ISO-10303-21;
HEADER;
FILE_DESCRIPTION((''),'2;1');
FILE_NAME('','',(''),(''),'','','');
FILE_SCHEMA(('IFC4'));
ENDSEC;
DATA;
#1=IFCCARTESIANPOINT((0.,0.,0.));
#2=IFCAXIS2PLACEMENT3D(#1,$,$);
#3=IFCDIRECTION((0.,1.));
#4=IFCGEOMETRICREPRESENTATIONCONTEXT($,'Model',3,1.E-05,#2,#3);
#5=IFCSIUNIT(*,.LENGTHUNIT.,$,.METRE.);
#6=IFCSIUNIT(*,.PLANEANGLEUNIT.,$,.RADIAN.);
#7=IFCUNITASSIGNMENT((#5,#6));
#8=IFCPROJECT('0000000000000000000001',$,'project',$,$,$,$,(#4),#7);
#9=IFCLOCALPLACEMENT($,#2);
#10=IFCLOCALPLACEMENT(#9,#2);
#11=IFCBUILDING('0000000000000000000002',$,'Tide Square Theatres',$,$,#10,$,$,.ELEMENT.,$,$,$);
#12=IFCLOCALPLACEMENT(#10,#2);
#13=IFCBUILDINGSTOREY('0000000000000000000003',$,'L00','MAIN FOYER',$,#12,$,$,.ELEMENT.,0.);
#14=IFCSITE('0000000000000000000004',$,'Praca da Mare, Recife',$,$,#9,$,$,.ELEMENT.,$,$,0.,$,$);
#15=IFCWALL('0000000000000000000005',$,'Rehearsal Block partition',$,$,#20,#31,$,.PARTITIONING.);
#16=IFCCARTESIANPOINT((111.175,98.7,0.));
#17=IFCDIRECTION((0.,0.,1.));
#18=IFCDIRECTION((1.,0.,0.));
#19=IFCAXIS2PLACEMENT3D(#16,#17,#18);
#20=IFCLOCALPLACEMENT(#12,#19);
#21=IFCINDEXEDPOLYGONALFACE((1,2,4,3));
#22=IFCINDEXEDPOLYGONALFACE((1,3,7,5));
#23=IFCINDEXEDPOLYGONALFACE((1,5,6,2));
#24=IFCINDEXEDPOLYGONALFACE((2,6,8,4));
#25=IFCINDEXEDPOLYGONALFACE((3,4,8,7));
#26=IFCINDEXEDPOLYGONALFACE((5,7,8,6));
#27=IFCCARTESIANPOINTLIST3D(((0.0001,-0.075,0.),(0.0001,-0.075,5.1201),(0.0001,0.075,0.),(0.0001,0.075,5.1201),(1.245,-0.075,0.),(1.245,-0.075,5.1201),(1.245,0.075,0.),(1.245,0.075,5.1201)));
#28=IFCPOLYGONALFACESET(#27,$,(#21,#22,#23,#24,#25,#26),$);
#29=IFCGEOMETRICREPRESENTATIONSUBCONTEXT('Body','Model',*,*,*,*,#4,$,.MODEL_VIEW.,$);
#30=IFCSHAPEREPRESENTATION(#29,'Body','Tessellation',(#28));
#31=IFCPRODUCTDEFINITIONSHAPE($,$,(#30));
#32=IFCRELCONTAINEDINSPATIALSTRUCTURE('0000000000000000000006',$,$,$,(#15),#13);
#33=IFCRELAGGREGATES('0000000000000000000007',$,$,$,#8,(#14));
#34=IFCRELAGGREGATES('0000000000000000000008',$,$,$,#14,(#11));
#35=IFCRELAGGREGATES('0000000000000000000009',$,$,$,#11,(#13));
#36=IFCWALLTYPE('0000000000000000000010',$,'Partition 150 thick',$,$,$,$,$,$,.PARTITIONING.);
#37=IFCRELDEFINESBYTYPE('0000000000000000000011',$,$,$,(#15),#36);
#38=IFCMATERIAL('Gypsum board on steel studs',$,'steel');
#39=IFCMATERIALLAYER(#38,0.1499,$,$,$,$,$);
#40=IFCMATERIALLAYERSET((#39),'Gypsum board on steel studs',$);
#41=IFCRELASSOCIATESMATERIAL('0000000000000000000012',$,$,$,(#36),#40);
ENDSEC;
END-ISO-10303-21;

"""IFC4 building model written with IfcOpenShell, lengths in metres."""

from ifc_helpers import new_model, si_unit, direction, frame, frame_2d, origin, place, context, subcontext, project, spatial, rectangle, extrude, material, layer, layer_set, type_object, element, save


model = new_model("IFC4")

# Units and contexts
model_context = context("Model", 3, precision=1e-05, world=origin(), true_north=direction((0.0, 1.0)))
body_context = subcontext(model_context, "Body", "Model", "MODEL_VIEW")
ifc_project = project(units=[si_unit("LENGTHUNIT", "METRE"), si_unit("PLANEANGLEUNIT", "RADIAN")], contexts=[model_context])

# Site, building, storey
site_placement = place(None, origin())
site = spatial("IfcSite", under=ifc_project, at=site_placement, Name="Praca da Mare, Recife", CompositionType="ELEMENT", RefElevation=0.0)
building_placement = place(site_placement, origin())
building = spatial("IfcBuilding", under=site, at=building_placement, Name="Tide Square Theatres", CompositionType="ELEMENT")
storey_placement = place(building_placement, origin())
storey = spatial("IfcBuildingStorey", under=building, at=storey_placement, Name="L00", Description="MAIN FOYER", CompositionType="ELEMENT", Elevation=0.0)

# Shared definitions
ifc_material_1 = material(Name="Gypsum board on steel studs", Category="steel")
ifc_layer_1 = layer(ifc_material_1, 0.1499)
ifc_layer_set_1 = layer_set([ifc_layer_1], Name="Gypsum board on steel studs")
wall_type_1 = type_object("IfcWallType", Name="Partition 150 thick", PredefinedType="PARTITIONING", material=ifc_layer_set_1)

# Wall
wall_1_placement = place(storey_placement, frame((111.175, 98.7, 0.0), z_axis=(0.0, 0.0, 1.0), x_axis=(1.0, 0.0, 0.0)))
element("IfcWall", 1, at=wall_1_placement, inside=storey, type_object=wall_type_1, Name="Rehearsal Block partition", PredefinedType="PARTITIONING", context=body_context, shape_type="SweptSolid", body=[
    extrude(rectangle(XDim=1.2449, YDim=0.1499, at=frame_2d((0.6226, 0.0))), origin(), (0.0, 0.0, 1.0), 5.1201),
])

save(model, "model.ifc")
